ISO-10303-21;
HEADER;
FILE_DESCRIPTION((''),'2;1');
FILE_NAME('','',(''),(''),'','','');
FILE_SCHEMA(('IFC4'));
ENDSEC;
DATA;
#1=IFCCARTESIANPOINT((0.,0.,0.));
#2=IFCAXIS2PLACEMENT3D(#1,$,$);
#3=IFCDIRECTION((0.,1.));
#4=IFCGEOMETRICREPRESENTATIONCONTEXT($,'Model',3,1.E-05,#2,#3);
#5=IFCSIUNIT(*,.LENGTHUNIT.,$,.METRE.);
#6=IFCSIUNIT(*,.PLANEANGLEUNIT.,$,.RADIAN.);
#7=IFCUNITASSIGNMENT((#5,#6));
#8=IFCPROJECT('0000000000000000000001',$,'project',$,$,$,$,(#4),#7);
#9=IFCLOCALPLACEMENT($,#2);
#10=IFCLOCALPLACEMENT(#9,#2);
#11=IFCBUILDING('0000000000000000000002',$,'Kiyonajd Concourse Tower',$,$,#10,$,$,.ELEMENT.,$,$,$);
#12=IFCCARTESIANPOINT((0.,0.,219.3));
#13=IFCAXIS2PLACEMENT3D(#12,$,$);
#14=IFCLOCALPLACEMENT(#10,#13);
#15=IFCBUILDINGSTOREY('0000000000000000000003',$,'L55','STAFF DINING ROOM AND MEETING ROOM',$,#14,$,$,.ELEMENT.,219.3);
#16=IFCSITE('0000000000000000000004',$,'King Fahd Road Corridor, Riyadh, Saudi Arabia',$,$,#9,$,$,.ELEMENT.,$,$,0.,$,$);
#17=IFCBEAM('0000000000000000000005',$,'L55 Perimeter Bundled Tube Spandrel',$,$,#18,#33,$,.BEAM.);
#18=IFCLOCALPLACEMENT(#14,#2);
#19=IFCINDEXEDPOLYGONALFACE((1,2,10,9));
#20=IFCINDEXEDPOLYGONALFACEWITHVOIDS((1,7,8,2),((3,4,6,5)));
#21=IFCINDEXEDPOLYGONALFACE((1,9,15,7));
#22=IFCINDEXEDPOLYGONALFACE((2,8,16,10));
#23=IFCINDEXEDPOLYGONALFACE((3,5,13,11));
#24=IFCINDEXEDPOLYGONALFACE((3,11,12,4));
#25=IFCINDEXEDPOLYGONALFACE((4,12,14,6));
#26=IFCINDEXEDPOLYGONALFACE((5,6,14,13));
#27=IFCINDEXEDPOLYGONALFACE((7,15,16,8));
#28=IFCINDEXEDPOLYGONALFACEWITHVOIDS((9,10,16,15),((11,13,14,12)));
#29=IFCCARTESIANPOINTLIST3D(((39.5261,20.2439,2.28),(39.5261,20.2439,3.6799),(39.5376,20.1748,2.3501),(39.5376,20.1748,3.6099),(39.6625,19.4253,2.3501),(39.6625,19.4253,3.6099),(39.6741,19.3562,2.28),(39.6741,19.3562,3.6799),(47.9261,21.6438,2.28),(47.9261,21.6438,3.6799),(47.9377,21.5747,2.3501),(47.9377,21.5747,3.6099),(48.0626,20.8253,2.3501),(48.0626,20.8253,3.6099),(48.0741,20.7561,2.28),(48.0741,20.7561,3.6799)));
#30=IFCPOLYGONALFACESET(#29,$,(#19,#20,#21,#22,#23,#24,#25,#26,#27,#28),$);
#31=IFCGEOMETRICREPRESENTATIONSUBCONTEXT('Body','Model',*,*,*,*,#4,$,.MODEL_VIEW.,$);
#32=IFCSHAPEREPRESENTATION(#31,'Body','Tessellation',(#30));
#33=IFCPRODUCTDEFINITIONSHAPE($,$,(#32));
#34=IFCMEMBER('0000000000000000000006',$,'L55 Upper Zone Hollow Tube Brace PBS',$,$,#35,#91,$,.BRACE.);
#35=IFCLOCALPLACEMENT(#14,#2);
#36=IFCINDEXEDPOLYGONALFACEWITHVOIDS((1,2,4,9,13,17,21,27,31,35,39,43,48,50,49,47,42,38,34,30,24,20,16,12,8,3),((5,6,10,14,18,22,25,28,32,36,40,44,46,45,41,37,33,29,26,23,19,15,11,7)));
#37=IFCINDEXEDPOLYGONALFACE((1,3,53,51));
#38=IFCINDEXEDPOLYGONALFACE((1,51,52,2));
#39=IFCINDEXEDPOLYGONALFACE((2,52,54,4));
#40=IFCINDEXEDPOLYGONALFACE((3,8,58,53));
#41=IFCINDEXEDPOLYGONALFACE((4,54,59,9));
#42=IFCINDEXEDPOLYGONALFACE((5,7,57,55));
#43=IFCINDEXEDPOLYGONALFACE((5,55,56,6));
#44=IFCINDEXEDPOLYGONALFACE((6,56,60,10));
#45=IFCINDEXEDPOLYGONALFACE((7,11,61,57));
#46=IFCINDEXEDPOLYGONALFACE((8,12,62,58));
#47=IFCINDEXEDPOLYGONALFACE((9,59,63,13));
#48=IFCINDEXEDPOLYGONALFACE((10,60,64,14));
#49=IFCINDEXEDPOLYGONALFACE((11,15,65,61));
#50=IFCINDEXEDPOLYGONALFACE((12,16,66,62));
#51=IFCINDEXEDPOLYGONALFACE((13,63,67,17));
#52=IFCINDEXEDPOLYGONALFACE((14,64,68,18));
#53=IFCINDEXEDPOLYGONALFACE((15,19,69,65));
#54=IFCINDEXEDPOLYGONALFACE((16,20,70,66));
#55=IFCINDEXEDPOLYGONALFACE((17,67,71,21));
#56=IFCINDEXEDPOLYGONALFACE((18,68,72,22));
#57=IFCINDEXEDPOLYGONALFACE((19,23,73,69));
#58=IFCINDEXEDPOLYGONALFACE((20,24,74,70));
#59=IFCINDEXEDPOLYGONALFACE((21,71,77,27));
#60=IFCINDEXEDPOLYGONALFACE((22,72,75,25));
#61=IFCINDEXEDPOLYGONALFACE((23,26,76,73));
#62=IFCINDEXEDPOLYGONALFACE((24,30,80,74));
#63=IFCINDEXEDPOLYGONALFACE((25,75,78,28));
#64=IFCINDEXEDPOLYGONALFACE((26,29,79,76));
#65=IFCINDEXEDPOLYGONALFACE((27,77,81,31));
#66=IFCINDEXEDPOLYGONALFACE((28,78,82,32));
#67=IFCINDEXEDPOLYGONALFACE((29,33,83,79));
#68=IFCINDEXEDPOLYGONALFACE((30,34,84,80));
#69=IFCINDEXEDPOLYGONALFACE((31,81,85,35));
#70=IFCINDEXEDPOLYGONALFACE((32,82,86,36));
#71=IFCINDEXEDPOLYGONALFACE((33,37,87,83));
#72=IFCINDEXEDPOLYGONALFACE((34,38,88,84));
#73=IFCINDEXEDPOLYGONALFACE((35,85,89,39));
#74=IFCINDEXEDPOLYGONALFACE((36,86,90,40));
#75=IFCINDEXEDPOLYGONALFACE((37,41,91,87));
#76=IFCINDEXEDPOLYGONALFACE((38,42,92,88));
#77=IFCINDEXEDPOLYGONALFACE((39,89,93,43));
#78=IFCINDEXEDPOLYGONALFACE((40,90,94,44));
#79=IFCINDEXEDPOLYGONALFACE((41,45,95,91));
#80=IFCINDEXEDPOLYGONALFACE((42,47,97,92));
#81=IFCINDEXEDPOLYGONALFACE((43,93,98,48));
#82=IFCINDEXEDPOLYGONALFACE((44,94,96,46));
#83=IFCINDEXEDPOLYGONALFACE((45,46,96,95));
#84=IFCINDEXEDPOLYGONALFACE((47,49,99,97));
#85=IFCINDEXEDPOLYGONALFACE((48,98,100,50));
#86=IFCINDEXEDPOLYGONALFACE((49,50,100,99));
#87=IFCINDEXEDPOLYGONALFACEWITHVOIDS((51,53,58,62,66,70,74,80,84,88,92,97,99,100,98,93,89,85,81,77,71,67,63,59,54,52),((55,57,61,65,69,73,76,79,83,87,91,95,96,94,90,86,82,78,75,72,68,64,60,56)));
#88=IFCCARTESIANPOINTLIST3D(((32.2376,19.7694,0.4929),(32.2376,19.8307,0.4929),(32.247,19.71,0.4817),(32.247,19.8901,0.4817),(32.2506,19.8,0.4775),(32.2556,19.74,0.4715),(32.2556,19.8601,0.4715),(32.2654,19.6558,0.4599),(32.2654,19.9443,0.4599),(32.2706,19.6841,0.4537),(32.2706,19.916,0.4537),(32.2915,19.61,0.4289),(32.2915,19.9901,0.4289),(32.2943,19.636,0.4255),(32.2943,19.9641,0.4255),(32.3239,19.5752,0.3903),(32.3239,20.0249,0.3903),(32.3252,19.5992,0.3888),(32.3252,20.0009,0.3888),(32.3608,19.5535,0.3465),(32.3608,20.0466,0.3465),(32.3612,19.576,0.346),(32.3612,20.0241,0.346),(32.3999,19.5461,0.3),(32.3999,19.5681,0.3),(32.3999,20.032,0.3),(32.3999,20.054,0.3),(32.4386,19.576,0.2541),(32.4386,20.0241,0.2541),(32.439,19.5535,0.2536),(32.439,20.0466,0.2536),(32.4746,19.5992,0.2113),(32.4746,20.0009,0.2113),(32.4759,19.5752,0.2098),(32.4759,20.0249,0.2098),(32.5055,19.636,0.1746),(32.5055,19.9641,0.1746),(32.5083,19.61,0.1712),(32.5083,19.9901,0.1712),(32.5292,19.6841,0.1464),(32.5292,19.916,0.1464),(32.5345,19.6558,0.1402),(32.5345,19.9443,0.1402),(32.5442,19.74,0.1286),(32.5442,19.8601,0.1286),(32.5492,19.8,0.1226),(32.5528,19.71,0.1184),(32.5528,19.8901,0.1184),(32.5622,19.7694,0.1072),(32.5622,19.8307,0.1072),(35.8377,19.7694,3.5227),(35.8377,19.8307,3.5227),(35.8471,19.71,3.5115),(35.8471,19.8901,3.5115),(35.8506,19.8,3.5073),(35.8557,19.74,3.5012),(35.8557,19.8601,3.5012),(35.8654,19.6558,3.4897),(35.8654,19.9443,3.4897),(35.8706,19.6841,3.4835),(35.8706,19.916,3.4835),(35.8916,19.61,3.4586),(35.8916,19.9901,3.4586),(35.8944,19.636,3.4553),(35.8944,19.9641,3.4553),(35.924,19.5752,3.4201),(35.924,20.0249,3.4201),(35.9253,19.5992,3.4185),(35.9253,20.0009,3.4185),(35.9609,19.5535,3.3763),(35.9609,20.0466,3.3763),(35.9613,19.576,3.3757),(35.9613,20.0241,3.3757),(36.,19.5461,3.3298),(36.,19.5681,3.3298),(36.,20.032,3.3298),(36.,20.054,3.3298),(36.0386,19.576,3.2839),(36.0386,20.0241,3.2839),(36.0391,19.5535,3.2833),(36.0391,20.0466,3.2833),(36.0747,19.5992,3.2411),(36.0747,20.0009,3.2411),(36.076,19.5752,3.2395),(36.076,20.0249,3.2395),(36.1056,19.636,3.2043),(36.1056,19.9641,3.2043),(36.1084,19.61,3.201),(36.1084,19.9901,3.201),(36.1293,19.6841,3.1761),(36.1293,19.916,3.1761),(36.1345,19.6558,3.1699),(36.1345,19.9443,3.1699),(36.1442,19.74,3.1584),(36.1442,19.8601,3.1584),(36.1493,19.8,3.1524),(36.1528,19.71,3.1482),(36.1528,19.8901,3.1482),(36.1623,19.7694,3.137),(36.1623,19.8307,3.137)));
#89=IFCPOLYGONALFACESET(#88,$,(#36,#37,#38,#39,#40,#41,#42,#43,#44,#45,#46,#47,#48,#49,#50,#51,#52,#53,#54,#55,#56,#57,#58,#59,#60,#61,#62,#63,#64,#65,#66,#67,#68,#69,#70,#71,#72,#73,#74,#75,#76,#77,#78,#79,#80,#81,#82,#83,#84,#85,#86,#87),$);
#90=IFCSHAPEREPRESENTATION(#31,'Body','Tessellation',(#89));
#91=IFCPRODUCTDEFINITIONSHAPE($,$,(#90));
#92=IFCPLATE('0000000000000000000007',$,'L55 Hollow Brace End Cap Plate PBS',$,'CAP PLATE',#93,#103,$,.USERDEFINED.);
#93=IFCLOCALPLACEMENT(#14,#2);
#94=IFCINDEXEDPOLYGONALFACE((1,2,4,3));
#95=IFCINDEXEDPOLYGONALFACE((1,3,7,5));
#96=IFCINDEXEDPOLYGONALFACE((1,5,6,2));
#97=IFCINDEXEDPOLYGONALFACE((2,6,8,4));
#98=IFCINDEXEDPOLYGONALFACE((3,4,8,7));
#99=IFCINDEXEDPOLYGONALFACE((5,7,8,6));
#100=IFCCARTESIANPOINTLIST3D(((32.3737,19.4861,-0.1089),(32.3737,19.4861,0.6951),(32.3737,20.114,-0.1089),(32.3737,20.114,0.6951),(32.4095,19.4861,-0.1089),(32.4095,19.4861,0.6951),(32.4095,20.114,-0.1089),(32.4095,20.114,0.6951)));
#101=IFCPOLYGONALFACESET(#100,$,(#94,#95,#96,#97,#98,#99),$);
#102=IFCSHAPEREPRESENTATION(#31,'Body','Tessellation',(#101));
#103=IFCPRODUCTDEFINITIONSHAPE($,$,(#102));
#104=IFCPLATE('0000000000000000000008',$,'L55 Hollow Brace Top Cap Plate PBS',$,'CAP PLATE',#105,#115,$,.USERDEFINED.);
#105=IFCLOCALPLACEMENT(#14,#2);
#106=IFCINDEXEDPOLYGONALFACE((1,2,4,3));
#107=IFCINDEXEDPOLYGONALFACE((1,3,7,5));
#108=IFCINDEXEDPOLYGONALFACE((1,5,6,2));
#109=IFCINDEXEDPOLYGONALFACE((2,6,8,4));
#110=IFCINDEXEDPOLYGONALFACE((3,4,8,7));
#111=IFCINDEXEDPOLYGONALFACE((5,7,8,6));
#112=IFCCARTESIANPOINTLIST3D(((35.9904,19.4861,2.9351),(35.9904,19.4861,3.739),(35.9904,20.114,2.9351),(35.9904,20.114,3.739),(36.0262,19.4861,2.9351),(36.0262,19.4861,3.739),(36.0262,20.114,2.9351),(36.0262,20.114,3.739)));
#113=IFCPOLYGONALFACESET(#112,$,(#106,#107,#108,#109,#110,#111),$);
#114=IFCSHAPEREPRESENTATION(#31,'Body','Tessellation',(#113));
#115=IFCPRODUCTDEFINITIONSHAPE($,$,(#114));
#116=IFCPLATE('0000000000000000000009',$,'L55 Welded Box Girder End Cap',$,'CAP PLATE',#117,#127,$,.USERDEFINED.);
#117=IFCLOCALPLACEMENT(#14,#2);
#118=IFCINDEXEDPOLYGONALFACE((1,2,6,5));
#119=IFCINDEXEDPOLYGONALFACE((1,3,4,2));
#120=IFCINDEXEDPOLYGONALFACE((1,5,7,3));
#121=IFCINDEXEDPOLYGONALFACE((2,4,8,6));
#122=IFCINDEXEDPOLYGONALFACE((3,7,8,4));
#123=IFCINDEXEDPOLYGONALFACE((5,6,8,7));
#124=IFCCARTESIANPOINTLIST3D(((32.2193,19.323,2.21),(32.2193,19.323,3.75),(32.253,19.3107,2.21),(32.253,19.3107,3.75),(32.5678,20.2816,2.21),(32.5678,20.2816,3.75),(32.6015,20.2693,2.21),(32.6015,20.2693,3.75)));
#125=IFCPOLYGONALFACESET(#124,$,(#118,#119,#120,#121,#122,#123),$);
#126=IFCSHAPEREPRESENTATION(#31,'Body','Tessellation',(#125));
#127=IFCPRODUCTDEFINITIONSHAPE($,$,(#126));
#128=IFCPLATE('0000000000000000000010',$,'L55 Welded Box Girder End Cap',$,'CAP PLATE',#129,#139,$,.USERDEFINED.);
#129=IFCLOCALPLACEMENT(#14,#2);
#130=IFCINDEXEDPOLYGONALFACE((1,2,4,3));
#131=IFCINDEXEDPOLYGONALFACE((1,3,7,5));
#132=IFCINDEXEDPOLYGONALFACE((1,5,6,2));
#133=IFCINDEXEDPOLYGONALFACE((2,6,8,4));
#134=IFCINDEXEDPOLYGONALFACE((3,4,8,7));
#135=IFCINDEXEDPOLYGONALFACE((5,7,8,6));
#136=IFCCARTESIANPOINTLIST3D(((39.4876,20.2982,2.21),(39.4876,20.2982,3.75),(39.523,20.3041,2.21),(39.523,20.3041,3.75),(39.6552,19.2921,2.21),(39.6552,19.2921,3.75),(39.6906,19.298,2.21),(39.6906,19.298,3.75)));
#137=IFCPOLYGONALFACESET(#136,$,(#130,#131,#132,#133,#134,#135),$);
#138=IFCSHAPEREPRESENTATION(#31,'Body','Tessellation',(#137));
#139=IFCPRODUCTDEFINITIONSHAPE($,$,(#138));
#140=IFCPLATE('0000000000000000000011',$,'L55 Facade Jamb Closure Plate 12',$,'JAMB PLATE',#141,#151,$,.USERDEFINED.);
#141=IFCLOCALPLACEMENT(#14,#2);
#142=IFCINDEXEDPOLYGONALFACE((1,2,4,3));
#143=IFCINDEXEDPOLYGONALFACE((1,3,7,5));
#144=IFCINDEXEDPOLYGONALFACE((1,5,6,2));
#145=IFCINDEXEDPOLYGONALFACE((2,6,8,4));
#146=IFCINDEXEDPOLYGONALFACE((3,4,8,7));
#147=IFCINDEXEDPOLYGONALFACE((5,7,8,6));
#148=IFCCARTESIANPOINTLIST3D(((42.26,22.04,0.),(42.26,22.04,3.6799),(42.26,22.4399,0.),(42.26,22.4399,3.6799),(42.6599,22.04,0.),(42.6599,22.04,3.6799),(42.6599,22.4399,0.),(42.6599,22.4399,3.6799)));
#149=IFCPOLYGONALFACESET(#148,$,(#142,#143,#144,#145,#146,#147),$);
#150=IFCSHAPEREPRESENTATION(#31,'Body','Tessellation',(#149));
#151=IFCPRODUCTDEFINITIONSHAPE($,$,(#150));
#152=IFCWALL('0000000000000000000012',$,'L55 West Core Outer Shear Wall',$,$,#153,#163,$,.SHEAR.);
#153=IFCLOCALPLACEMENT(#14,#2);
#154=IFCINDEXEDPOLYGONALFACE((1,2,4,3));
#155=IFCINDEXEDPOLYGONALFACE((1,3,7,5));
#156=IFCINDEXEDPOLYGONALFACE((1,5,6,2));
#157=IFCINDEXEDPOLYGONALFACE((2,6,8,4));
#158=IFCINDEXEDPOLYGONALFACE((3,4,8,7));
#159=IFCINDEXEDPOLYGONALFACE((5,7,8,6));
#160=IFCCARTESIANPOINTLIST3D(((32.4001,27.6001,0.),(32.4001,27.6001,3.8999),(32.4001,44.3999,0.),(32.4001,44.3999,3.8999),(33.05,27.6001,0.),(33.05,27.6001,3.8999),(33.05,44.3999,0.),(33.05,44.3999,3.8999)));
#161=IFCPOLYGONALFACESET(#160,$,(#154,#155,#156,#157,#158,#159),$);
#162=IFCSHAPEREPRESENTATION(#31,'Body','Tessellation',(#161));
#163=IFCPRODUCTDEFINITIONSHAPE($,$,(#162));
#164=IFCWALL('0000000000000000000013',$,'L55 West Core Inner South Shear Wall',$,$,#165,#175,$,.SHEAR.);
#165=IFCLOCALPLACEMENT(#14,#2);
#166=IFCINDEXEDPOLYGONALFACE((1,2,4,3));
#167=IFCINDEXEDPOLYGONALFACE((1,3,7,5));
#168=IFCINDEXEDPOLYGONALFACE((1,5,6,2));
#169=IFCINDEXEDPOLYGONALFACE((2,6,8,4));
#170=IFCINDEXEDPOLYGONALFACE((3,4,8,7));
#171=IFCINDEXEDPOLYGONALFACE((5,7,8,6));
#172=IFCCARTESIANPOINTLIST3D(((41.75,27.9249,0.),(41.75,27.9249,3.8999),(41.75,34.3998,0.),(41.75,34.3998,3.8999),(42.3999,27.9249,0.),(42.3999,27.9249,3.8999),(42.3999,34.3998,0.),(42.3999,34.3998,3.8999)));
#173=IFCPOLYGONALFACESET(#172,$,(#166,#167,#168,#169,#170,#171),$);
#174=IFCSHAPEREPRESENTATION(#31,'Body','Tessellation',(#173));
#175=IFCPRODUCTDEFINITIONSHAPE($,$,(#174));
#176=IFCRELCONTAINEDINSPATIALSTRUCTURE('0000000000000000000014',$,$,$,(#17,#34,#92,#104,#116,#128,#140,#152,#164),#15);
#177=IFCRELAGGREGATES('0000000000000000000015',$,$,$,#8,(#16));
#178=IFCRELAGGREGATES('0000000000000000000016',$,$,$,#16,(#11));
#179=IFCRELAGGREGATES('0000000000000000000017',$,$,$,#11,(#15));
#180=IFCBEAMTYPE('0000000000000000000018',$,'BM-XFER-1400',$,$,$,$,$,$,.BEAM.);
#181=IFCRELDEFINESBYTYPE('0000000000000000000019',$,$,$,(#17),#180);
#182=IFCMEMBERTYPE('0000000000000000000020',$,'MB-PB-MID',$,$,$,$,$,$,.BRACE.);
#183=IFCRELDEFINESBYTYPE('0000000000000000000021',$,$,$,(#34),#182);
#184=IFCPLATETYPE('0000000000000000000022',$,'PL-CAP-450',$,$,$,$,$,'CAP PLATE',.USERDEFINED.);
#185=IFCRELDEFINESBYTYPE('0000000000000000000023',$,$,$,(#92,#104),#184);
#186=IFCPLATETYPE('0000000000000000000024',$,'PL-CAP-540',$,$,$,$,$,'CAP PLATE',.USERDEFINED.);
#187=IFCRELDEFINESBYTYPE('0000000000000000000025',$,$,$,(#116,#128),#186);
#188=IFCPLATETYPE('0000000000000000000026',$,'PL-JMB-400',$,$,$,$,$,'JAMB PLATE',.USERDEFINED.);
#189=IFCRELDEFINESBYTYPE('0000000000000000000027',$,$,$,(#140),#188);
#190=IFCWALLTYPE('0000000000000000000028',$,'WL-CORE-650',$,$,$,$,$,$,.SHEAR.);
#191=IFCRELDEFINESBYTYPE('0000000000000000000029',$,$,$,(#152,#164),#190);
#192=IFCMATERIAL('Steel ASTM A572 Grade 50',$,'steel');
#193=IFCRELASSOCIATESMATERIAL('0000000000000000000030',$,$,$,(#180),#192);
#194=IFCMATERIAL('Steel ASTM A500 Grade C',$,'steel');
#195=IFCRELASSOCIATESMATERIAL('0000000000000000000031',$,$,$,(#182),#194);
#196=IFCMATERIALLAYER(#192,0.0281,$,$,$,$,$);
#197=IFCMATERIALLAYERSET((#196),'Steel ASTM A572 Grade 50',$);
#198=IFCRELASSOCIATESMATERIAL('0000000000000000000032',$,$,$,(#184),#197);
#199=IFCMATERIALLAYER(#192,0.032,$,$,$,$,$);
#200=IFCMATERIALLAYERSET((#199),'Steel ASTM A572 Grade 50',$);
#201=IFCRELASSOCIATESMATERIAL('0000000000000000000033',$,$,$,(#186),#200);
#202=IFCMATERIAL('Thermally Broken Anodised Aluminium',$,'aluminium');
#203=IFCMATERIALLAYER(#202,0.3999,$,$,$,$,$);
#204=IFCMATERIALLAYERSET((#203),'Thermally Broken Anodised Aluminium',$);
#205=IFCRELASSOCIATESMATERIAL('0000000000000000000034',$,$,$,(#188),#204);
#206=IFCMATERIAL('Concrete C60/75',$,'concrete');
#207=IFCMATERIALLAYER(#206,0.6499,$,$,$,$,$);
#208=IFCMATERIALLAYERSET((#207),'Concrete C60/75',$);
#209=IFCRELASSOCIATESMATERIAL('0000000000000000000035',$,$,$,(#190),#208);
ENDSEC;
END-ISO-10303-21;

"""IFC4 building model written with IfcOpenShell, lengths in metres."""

from ifc_helpers import new_model, si_unit, direction, frame, frame_2d, origin, origin_2d, place, context, subcontext, project, spatial, rectangle, hollow_rectangle, hollow_circle, extrude, material, layer, layer_set, material_profile, profile_set, type_object, element, save


model = new_model("IFC4")

# Units and contexts
model_context = context("Model", 3, precision=1e-05, world=origin(), true_north=direction((0.0, 1.0)))
body_context = subcontext(model_context, "Body", "Model", "MODEL_VIEW")
ifc_project = project(units=[si_unit("LENGTHUNIT", "METRE"), si_unit("PLANEANGLEUNIT", "RADIAN")], contexts=[model_context])

# Site, building, storey
site_placement = place(None, origin())
site = spatial("IfcSite", under=ifc_project, at=site_placement, Name="King Fahd Road Corridor, Riyadh, Saudi Arabia", CompositionType="ELEMENT", RefElevation=0.0)
building_placement = place(site_placement, origin())
building = spatial("IfcBuilding", under=site, at=building_placement, Name="Kiyonajd Concourse Tower", CompositionType="ELEMENT")
storey_placement = place(building_placement, frame((0.0, 0.0, 219.3)))
storey = spatial("IfcBuildingStorey", under=building, at=storey_placement, Name="L55", Description="STAFF DINING ROOM AND MEETING ROOM", CompositionType="ELEMENT", Elevation=219.3)

# Shared definitions
ifc_material_1 = material(Name="Concrete C60/75", Category="concrete")

# Beam
ifc_material_2 = material(Name="Steel ASTM A572 Grade 50", Category="steel")
ifc_material_profile_1 = material_profile(ifc_material_2, hollow_rectangle(XDim=0.8999, YDim=1.3999, WallThickness=0.0701, at=origin_2d()), Name="BOX-1400x900x70")
ifc_profile_set_1 = profile_set([ifc_material_profile_1], Name="Steel ASTM A572 Grade 50")
beam_type_1 = type_object("IfcBeamType", Name="BM-XFER-1400", PredefinedType="BEAM", material=ifc_profile_set_1)
beam_1_placement = place(storey_placement, frame((39.6001, 19.8, 2.98), z_axis=(0.986395, 0.16439, 0.0), x_axis=(-0.16439, 0.986395, 0.0)))
element("IfcBeam", 1, at=beam_1_placement, inside=storey, type_object=beam_type_1, Name="L55 Perimeter Bundled Tube Spandrel", PredefinedType="BEAM", context=body_context, shape_type="SweptSolid", body=[
    extrude(hollow_rectangle(XDim=0.8999, YDim=1.3999, WallThickness=0.0701, at=origin_2d()), origin(), (0.0, 0.0, 1.0), 8.5159),
])

# Member
ifc_material_3 = material(Name="Steel ASTM A500 Grade C", Category="steel")
ifc_material_profile_2 = material_profile(ifc_material_3, hollow_circle(Radius=0.2539, WallThickness=0.022, at=origin_2d()), Name="CHS-508x22")
ifc_profile_set_2 = profile_set([ifc_material_profile_2], Name="Steel ASTM A500 Grade C")
member_type = type_object("IfcMemberType", Name="MB-PB-MID", PredefinedType="BRACE", material=ifc_profile_set_2)
member_placement = place(storey_placement, frame((32.3999, 19.8, 0.3), z_axis=(0.765108, 0.0, 0.643902), x_axis=(0.0, 1.0, 0.0)))
element("IfcMember", 2, at=member_placement, inside=storey, type_object=member_type, Name="L55 Upper Zone Hollow Tube Brace PBS", PredefinedType="BRACE", context=body_context, shape_type="SweptSolid", body=[
    extrude(hollow_circle(Radius=0.2539, WallThickness=0.022, at=origin_2d()), origin(), (0.0, 0.0, 1.0), 4.7053),
])

# Plates
ifc_layer_1 = layer(ifc_material_2, 0.0281)
ifc_layer_set_1 = layer_set([ifc_layer_1], Name="Steel ASTM A572 Grade 50")
plate_type_1 = type_object("IfcPlateType", Name="PL-CAP-450", ElementType="CAP PLATE", PredefinedType="USERDEFINED", material=ifc_layer_set_1)
for number, where, z_axis, x_axis, name in (
    (3, (32.3916, 19.8, -0.1089), (0.0, 0.0, 1.0), (-1.0, 0.0, 0.0), "L55 Hollow Brace End Cap Plate PBS"),
    (4, (36.0083, 19.8, 2.9351), (0.0, 0.0, 1.0), (1.0, 0.0, 0.0), "L55 Hollow Brace Top Cap Plate PBS"),
):
    element("IfcPlate", number, at=place(storey_placement, frame(where, z_axis=z_axis, x_axis=x_axis)), inside=storey, type_object=plate_type_1, Name=name, ObjectType="CAP PLATE", PredefinedType="USERDEFINED", context=body_context, shape_type="SweptSolid", body=[
        extrude(rectangle(XDim=0.0359, YDim=0.6279, at=origin_2d()), origin(), (0.0, 0.0, 1.0), 0.804),
    ])
ifc_layer_2 = layer(ifc_material_2, 0.032)
ifc_layer_set_2 = layer_set([ifc_layer_2], Name="Steel ASTM A572 Grade 50")
plate_type_2 = type_object("IfcPlateType", Name="PL-CAP-540", ElementType="CAP PLATE", PredefinedType="USERDEFINED", material=ifc_layer_set_2)
for number, where, z_axis, x_axis, name in (
    (5, (32.4104, 19.7961, 2.21), (0.0, 0.0, 1.0), (0.939812, -0.341692, 0.0), "L55 Welded Box Girder End Cap"),
    (6, (39.5891, 19.7981, 2.21), (0.0, 0.0, 1.0), (-0.986401, -0.164359, 0.0), "L55 Welded Box Girder End Cap"),
):
    element("IfcPlate", number, at=place(storey_placement, frame(where, z_axis=z_axis, x_axis=x_axis)), inside=storey, type_object=plate_type_2, Name=name, ObjectType="CAP PLATE", PredefinedType="USERDEFINED", context=body_context, shape_type="SweptSolid", body=[
        extrude(rectangle(XDim=0.0359, YDim=1.02, at=origin_2d()), origin(), (0.0, 0.0, 1.0), 1.54),
    ])
ifc_material_4 = material(Name="Thermally Broken Anodised Aluminium", Category="aluminium")
ifc_layer_3 = layer(ifc_material_4, 0.3999)
ifc_layer_set_3 = layer_set([ifc_layer_3], Name="Thermally Broken Anodised Aluminium")
plate_type_3 = type_object("IfcPlateType", Name="PL-JMB-400", ElementType="JAMB PLATE", PredefinedType="USERDEFINED", material=ifc_layer_set_3)
plate_placement = place(storey_placement, frame((42.46, 22.24, 0.0), z_axis=(0.0, 0.0, 1.0), x_axis=(1.0, 0.0, 0.0)))
element("IfcPlate", 7, at=plate_placement, inside=storey, type_object=plate_type_3, Name="L55 Facade Jamb Closure Plate 12", ObjectType="JAMB PLATE", PredefinedType="USERDEFINED", context=body_context, shape_type="SweptSolid", body=[
    extrude(rectangle(XDim=0.3999, YDim=0.3999, at=origin_2d()), origin(), (0.0, 0.0, 1.0), 3.6799),
])

# Walls
ifc_layer_4 = layer(ifc_material_1, 0.6499)
ifc_layer_set_4 = layer_set([ifc_layer_4], Name="Concrete C60/75")
wall_type_1 = type_object("IfcWallType", Name="WL-CORE-650", PredefinedType="SHEAR", material=ifc_layer_set_4)
wall_1_placement = place(storey_placement, frame((32.7251, 27.6001, 0.0), z_axis=(0.0, 0.0, 1.0), x_axis=(0.0, 1.0, 0.0)))
element("IfcWall", 8, at=wall_1_placement, inside=storey, type_object=wall_type_1, Name="L55 West Core Outer Shear Wall", PredefinedType="SHEAR", context=body_context, shape_type="SweptSolid", body=[
    extrude(rectangle(XDim=16.7998, YDim=0.6499, at=frame_2d((8.3999, 0.0))), origin(), (0.0, 0.0, 1.0), 3.8999),
])
wall_2_placement = place(storey_placement, frame((42.075, 27.925, 0.0), z_axis=(0.0, 0.0, 1.0), x_axis=(0.0, 1.0, 0.0)))
element("IfcWall", 9, at=wall_2_placement, inside=storey, type_object=wall_type_1, Name="L55 West Core Inner South Shear Wall", PredefinedType="SHEAR", context=body_context, shape_type="SweptSolid", body=[
    extrude(rectangle(XDim=6.4749, YDim=0.6499, at=frame_2d((3.2373, 0.0))), origin(), (0.0, 0.0, 1.0), 3.8999),
])

save(model, "model.ifc")
